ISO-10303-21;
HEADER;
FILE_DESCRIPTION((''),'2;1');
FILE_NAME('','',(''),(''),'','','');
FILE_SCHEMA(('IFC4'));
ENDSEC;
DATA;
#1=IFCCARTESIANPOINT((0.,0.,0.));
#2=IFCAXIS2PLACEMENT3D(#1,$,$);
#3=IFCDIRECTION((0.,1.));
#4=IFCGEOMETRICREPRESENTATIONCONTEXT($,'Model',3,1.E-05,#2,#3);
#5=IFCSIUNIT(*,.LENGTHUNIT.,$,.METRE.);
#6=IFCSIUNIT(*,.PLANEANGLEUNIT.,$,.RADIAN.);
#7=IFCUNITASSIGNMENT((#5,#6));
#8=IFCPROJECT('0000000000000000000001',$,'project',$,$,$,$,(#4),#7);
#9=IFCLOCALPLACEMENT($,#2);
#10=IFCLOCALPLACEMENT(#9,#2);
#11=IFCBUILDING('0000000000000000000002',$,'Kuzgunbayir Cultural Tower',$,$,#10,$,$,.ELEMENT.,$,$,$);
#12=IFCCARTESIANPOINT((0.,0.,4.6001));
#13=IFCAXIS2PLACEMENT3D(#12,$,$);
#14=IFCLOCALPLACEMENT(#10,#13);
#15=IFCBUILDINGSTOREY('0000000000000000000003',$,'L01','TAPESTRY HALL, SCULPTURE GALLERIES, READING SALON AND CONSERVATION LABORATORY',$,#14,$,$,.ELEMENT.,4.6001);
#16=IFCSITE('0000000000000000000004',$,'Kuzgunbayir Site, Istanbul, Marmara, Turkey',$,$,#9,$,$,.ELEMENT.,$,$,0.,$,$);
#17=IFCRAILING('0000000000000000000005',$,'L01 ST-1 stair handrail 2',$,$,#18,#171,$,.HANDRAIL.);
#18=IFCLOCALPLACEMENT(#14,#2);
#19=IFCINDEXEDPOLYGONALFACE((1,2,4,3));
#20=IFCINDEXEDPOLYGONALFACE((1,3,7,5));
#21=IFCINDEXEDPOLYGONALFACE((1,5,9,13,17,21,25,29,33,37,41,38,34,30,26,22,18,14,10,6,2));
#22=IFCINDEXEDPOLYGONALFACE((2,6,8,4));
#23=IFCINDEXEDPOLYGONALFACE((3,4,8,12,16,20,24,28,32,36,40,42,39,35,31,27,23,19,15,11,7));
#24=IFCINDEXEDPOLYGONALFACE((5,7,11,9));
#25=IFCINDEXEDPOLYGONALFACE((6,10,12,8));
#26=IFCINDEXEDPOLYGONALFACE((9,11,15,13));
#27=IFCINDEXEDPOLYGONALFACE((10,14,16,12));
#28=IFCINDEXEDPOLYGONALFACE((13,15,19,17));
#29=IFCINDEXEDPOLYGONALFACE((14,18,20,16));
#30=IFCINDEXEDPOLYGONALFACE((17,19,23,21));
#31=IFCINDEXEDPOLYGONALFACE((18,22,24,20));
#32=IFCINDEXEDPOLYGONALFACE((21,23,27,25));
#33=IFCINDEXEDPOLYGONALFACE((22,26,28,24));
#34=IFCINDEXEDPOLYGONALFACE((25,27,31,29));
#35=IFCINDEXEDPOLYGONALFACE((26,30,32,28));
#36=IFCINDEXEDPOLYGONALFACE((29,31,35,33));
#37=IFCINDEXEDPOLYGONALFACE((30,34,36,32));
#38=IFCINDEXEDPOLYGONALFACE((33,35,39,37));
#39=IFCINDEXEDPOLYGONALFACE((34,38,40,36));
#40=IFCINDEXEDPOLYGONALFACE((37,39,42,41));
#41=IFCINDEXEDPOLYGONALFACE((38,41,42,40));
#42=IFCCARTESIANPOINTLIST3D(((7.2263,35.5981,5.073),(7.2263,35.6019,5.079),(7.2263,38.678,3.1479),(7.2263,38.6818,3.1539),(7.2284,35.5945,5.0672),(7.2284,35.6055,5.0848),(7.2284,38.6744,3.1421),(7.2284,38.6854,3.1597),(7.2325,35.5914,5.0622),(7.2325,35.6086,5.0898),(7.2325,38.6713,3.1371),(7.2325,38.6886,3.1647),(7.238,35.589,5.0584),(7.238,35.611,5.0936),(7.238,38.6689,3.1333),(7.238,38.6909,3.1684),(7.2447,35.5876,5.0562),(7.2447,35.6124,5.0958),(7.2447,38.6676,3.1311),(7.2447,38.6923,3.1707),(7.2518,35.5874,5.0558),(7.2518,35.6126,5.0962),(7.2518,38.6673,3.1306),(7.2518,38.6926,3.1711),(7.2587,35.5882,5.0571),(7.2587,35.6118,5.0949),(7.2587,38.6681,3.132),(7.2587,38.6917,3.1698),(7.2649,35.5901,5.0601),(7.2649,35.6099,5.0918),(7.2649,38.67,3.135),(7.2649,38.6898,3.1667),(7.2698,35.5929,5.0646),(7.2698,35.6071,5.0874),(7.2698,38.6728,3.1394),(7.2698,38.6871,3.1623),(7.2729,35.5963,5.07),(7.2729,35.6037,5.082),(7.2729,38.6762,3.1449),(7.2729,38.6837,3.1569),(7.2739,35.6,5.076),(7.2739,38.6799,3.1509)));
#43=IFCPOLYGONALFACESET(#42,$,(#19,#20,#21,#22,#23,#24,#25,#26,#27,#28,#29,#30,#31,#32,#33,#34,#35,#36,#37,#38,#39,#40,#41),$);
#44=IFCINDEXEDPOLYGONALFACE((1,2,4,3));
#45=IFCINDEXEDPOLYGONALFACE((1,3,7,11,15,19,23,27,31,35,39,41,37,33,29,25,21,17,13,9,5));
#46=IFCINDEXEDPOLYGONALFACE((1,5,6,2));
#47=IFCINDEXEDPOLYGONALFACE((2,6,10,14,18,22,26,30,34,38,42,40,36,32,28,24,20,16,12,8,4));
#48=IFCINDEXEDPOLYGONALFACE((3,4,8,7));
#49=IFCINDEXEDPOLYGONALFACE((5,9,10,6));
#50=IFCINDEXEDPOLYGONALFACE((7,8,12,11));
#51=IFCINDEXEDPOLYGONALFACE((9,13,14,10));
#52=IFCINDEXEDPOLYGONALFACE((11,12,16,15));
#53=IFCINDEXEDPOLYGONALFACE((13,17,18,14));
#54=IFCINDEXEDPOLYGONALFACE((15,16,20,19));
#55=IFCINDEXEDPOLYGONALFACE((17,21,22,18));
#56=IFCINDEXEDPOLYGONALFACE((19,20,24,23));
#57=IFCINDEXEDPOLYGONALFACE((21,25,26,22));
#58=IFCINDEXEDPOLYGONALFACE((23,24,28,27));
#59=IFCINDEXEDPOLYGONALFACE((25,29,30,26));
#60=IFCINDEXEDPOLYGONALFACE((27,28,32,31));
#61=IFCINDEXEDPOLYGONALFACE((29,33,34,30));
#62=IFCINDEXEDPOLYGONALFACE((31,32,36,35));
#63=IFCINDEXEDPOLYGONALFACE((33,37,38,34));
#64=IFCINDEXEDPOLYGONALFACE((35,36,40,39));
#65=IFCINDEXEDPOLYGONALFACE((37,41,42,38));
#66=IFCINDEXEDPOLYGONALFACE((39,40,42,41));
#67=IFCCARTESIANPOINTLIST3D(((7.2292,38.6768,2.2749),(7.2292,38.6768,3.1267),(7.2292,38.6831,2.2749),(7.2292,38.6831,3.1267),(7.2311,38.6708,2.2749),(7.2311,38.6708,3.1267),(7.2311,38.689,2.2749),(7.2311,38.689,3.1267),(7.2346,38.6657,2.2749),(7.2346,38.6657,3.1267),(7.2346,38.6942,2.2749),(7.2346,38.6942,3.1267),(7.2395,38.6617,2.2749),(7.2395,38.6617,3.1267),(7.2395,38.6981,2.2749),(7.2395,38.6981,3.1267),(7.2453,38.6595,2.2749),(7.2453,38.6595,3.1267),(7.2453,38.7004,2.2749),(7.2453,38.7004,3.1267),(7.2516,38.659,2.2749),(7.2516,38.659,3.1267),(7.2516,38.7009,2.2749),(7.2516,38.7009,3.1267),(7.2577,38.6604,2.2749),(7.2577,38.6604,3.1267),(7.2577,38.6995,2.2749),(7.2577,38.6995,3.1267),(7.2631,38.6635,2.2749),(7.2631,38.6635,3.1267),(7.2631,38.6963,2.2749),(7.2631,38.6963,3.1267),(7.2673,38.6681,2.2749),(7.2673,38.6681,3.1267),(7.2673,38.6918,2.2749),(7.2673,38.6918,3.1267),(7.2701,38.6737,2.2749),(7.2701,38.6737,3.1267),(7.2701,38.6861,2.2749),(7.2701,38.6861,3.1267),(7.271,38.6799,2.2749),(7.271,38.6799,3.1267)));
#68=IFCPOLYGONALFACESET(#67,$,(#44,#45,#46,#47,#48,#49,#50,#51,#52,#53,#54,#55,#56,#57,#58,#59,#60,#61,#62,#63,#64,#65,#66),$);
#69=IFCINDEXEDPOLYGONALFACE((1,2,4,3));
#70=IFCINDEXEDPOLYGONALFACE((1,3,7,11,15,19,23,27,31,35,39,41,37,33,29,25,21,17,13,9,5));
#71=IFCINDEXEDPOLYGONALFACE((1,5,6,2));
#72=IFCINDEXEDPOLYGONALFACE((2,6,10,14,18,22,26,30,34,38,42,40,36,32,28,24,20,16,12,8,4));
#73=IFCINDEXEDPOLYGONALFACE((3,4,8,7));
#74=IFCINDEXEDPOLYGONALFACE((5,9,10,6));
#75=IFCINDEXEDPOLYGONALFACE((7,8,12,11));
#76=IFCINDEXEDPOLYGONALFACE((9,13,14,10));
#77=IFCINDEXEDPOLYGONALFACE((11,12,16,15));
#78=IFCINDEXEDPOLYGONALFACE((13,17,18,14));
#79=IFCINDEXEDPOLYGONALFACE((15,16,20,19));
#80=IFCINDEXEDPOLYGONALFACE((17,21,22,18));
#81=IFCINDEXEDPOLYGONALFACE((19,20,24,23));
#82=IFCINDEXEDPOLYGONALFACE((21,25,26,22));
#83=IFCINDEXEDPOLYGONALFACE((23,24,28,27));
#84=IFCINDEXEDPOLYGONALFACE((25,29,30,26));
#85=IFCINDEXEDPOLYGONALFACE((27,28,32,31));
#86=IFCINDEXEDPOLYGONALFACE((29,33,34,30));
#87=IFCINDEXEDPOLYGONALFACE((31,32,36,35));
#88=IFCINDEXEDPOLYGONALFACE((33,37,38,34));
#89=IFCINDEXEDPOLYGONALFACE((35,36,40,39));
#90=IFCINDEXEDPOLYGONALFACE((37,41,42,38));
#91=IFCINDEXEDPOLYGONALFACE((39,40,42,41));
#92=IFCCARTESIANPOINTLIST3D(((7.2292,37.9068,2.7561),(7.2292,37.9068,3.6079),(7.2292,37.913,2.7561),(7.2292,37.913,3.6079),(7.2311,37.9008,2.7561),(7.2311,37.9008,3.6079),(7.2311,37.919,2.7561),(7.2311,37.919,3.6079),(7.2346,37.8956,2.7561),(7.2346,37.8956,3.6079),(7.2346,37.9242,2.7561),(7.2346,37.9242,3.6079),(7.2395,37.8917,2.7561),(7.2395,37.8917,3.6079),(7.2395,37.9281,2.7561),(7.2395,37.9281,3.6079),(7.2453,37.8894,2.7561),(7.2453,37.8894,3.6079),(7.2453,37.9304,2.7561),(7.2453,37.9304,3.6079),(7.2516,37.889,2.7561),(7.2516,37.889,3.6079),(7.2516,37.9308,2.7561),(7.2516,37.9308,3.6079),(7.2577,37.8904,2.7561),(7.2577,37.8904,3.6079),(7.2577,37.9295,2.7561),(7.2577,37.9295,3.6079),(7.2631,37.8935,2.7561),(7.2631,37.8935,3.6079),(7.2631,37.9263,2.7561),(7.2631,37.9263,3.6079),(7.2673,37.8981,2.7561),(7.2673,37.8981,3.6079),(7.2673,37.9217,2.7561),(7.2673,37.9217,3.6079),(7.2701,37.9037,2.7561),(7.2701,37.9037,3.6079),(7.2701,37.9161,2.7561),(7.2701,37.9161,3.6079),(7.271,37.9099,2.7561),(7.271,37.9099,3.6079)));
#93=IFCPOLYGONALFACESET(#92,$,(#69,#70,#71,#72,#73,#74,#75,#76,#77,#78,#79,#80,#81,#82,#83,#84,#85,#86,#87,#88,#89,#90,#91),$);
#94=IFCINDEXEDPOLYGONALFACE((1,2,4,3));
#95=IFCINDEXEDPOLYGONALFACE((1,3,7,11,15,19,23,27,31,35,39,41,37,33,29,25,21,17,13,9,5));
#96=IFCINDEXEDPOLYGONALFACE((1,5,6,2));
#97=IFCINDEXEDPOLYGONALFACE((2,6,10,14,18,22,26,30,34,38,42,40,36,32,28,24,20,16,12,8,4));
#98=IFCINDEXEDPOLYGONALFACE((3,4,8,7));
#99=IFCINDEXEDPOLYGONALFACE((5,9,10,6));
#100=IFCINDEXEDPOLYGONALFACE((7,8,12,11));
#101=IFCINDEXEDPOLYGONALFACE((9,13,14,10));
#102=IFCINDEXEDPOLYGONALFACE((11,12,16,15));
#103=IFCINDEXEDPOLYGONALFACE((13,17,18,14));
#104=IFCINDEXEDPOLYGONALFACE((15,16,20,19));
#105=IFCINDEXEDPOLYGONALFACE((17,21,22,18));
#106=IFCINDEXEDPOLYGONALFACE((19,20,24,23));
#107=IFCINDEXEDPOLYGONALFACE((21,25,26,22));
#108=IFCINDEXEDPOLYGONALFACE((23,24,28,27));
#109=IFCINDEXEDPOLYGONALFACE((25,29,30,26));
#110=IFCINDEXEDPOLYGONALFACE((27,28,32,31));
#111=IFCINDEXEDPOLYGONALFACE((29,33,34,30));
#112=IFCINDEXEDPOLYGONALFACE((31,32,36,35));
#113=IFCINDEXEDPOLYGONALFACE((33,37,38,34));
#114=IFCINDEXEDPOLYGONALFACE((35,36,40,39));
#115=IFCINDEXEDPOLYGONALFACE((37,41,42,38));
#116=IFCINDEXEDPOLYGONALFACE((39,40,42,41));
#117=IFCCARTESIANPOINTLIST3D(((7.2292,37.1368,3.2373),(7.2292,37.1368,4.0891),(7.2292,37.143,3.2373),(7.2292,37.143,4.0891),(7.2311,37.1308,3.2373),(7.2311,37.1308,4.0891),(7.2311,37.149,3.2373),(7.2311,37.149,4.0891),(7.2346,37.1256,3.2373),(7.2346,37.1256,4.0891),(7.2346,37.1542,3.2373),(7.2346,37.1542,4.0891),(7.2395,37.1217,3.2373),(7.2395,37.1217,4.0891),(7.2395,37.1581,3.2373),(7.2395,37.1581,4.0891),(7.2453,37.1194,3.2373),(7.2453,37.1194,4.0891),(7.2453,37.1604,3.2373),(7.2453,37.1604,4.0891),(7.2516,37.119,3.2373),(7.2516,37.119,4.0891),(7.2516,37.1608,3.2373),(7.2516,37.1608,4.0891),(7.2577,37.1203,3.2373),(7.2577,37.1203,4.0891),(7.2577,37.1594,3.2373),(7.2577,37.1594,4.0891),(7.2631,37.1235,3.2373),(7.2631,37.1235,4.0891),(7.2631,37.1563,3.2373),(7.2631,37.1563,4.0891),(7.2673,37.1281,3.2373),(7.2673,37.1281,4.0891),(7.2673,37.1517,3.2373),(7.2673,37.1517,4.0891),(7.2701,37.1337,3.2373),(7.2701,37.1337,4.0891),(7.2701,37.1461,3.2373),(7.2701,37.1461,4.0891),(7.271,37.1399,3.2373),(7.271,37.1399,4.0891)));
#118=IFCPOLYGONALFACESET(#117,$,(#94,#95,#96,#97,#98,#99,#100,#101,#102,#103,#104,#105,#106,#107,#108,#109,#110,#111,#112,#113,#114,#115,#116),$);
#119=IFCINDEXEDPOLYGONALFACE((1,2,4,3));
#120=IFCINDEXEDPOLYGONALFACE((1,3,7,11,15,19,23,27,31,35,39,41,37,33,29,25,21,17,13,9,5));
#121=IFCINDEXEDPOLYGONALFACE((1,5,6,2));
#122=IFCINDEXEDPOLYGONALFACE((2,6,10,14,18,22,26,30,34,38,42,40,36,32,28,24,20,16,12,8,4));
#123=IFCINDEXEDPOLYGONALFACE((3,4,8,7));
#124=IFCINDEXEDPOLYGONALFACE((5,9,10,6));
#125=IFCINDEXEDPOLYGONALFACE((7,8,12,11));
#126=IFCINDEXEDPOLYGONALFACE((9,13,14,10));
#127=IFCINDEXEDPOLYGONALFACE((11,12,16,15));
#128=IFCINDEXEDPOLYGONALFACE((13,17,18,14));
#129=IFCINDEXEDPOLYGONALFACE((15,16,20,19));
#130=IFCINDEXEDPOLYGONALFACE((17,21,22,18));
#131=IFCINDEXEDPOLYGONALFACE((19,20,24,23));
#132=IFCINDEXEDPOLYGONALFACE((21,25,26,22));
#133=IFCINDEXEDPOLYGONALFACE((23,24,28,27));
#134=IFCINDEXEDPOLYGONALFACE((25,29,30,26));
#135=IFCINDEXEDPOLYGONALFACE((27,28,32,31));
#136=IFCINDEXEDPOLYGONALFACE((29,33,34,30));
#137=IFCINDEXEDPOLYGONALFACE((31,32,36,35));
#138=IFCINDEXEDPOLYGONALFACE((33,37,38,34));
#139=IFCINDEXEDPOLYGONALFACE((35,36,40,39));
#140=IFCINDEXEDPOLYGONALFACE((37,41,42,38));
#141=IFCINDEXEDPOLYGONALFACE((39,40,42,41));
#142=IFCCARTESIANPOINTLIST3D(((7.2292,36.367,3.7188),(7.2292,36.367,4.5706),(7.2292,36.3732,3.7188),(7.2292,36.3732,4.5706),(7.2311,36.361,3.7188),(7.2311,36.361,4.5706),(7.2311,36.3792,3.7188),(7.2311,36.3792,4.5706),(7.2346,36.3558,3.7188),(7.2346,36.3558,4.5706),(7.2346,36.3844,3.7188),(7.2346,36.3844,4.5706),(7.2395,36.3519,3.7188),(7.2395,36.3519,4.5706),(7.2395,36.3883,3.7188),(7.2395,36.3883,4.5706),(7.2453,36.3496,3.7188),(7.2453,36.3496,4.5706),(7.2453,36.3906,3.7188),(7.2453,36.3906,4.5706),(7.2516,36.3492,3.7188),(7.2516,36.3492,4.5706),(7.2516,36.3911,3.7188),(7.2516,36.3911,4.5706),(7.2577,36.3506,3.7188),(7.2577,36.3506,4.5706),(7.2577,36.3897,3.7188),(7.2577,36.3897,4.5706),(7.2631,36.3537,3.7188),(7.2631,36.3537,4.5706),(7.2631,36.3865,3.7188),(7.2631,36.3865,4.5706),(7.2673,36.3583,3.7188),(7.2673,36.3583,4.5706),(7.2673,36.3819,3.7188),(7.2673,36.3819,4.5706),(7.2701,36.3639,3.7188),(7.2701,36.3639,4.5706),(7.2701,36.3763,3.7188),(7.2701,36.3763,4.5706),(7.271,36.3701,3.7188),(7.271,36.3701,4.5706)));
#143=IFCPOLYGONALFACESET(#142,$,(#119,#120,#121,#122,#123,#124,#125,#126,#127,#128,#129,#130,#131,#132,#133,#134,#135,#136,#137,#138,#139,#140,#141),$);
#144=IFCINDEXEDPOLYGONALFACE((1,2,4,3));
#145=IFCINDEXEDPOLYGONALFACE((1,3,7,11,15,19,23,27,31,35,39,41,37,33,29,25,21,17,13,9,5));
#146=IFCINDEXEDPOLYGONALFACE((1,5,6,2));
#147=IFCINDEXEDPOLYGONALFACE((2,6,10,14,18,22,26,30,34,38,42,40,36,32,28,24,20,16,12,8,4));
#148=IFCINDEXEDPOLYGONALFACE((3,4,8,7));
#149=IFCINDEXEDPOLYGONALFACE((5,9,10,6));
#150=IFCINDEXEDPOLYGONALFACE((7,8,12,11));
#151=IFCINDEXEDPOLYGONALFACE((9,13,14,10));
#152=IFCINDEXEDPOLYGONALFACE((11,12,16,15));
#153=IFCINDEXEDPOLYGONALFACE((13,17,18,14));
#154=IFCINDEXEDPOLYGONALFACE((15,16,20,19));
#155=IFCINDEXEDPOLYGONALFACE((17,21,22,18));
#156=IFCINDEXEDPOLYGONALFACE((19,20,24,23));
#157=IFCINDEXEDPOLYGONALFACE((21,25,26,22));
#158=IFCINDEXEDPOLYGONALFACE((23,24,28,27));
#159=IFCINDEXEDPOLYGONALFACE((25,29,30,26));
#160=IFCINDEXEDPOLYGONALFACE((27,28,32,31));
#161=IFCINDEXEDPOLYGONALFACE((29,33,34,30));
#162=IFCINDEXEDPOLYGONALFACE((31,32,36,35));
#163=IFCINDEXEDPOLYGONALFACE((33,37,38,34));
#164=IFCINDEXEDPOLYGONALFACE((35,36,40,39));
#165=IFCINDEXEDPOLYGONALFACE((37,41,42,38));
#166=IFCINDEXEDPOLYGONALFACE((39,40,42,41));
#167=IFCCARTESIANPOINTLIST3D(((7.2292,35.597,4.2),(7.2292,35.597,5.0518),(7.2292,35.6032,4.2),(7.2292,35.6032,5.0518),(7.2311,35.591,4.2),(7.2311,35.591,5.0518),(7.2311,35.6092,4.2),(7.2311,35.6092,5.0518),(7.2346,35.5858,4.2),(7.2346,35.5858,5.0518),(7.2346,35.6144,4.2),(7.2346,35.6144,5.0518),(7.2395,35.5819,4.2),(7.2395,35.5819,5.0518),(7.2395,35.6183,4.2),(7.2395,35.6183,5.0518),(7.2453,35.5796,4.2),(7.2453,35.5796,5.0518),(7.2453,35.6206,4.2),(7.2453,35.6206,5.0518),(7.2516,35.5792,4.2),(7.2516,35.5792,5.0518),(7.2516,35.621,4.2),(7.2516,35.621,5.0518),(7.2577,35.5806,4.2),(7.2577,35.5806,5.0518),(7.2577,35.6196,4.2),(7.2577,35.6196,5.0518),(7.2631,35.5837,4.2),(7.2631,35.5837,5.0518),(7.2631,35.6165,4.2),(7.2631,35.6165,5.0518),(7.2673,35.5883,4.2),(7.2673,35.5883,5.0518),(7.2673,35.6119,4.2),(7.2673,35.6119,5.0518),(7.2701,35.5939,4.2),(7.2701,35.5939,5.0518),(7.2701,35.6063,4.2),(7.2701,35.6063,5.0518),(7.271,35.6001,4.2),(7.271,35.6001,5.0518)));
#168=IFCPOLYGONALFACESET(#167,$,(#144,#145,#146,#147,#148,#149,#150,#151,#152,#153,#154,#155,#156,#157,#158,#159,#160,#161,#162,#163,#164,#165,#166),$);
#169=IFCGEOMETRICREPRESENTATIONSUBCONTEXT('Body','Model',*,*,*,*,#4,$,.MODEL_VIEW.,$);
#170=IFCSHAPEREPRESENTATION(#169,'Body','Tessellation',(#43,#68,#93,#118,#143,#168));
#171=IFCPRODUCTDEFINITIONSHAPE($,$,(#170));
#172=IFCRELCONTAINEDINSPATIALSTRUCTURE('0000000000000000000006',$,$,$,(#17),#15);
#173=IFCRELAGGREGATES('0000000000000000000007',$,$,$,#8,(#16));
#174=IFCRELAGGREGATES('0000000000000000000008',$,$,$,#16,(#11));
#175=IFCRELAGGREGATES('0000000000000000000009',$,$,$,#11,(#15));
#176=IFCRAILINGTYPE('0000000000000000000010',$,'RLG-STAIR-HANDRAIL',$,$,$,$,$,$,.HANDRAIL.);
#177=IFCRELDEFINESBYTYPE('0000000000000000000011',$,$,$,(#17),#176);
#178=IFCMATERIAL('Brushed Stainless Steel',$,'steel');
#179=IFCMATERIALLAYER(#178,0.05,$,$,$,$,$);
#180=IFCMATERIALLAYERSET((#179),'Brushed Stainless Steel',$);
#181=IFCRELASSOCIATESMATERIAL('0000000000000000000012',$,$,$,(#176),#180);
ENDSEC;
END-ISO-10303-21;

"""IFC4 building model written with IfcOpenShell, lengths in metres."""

from ifc_helpers import new_model, si_unit, direction, frame, origin, origin_2d, place, context, subcontext, project, spatial, circle, extrude, material, layer, layer_set, type_object, element, save


model = new_model("IFC4")

# Units and contexts
model_context = context("Model", 3, precision=1e-05, world=origin(), true_north=direction((0.0, 1.0)))
body_context = subcontext(model_context, "Body", "Model", "MODEL_VIEW")
ifc_project = project(units=[si_unit("LENGTHUNIT", "METRE"), si_unit("PLANEANGLEUNIT", "RADIAN")], contexts=[model_context])

# Site, building, storey
site_placement = place(None, origin())
site = spatial("IfcSite", under=ifc_project, at=site_placement, Name="Kuzgunbayir Site, Istanbul, Marmara, Turkey", CompositionType="ELEMENT", RefElevation=0.0)
building_placement = place(site_placement, origin())
building = spatial("IfcBuilding", under=site, at=building_placement, Name="Kuzgunbayir Cultural Tower", CompositionType="ELEMENT")
storey_placement = place(building_placement, frame((0.0, 0.0, 4.6001)))
storey = spatial("IfcBuildingStorey", under=building, at=storey_placement, Name="L01", Description="TAPESTRY HALL, SCULPTURE GALLERIES, READING SALON AND CONSERVATION LABORATORY", CompositionType="ELEMENT", Elevation=4.6001)

# Shared definitions
ifc_material_1 = material(Name="Brushed Stainless Steel", Category="steel")

# Railing
ifc_layer_1 = layer(ifc_material_1, 0.05)
ifc_layer_set_1 = layer_set([ifc_layer_1], Name="Brushed Stainless Steel")
railing_type_1 = type_object("IfcRailingType", Name="RLG-STAIR-HANDRAIL", PredefinedType="HANDRAIL", material=ifc_layer_set_1)
railing_1_placement = place(storey_placement, frame((7.25, 38.6799, 2.2749)))
element("IfcRailing", 1, at=railing_1_placement, inside=storey, type_object=railing_type_1, Name="L01 ST-1 stair handrail 2", PredefinedType="HANDRAIL", context=body_context, shape_type="SweptSolid", body=[
    extrude(circle(Radius=0.0239, at=origin_2d()), frame((0.0, 0.0, 0.876), z_axis=(0.0, -0.847979, 0.530029), x_axis=(1.0, 0.0, 0.0)), (0.0, 0.0, 1.0), 3.6321),
    extrude(circle(Radius=0.021, at=origin_2d()), origin(), (0.0, 0.0, 1.0), 0.8518),
    extrude(circle(Radius=0.021, at=origin_2d()), frame((0.0, -0.77, 0.4812)), (0.0, 0.0, 1.0), 0.8518),
    extrude(circle(Radius=0.021, at=origin_2d()), frame((0.0, -1.54, 0.9624)), (0.0, 0.0, 1.0), 0.8518),
    extrude(circle(Radius=0.021, at=origin_2d()), frame((0.0, -2.3098, 1.4438)), (0.0, 0.0, 1.0), 0.8518),
    extrude(circle(Radius=0.021, at=origin_2d()), frame((0.0, -3.0798, 1.925)), (0.0, 0.0, 1.0), 0.8518),
])

save(model, "model.ifc")
